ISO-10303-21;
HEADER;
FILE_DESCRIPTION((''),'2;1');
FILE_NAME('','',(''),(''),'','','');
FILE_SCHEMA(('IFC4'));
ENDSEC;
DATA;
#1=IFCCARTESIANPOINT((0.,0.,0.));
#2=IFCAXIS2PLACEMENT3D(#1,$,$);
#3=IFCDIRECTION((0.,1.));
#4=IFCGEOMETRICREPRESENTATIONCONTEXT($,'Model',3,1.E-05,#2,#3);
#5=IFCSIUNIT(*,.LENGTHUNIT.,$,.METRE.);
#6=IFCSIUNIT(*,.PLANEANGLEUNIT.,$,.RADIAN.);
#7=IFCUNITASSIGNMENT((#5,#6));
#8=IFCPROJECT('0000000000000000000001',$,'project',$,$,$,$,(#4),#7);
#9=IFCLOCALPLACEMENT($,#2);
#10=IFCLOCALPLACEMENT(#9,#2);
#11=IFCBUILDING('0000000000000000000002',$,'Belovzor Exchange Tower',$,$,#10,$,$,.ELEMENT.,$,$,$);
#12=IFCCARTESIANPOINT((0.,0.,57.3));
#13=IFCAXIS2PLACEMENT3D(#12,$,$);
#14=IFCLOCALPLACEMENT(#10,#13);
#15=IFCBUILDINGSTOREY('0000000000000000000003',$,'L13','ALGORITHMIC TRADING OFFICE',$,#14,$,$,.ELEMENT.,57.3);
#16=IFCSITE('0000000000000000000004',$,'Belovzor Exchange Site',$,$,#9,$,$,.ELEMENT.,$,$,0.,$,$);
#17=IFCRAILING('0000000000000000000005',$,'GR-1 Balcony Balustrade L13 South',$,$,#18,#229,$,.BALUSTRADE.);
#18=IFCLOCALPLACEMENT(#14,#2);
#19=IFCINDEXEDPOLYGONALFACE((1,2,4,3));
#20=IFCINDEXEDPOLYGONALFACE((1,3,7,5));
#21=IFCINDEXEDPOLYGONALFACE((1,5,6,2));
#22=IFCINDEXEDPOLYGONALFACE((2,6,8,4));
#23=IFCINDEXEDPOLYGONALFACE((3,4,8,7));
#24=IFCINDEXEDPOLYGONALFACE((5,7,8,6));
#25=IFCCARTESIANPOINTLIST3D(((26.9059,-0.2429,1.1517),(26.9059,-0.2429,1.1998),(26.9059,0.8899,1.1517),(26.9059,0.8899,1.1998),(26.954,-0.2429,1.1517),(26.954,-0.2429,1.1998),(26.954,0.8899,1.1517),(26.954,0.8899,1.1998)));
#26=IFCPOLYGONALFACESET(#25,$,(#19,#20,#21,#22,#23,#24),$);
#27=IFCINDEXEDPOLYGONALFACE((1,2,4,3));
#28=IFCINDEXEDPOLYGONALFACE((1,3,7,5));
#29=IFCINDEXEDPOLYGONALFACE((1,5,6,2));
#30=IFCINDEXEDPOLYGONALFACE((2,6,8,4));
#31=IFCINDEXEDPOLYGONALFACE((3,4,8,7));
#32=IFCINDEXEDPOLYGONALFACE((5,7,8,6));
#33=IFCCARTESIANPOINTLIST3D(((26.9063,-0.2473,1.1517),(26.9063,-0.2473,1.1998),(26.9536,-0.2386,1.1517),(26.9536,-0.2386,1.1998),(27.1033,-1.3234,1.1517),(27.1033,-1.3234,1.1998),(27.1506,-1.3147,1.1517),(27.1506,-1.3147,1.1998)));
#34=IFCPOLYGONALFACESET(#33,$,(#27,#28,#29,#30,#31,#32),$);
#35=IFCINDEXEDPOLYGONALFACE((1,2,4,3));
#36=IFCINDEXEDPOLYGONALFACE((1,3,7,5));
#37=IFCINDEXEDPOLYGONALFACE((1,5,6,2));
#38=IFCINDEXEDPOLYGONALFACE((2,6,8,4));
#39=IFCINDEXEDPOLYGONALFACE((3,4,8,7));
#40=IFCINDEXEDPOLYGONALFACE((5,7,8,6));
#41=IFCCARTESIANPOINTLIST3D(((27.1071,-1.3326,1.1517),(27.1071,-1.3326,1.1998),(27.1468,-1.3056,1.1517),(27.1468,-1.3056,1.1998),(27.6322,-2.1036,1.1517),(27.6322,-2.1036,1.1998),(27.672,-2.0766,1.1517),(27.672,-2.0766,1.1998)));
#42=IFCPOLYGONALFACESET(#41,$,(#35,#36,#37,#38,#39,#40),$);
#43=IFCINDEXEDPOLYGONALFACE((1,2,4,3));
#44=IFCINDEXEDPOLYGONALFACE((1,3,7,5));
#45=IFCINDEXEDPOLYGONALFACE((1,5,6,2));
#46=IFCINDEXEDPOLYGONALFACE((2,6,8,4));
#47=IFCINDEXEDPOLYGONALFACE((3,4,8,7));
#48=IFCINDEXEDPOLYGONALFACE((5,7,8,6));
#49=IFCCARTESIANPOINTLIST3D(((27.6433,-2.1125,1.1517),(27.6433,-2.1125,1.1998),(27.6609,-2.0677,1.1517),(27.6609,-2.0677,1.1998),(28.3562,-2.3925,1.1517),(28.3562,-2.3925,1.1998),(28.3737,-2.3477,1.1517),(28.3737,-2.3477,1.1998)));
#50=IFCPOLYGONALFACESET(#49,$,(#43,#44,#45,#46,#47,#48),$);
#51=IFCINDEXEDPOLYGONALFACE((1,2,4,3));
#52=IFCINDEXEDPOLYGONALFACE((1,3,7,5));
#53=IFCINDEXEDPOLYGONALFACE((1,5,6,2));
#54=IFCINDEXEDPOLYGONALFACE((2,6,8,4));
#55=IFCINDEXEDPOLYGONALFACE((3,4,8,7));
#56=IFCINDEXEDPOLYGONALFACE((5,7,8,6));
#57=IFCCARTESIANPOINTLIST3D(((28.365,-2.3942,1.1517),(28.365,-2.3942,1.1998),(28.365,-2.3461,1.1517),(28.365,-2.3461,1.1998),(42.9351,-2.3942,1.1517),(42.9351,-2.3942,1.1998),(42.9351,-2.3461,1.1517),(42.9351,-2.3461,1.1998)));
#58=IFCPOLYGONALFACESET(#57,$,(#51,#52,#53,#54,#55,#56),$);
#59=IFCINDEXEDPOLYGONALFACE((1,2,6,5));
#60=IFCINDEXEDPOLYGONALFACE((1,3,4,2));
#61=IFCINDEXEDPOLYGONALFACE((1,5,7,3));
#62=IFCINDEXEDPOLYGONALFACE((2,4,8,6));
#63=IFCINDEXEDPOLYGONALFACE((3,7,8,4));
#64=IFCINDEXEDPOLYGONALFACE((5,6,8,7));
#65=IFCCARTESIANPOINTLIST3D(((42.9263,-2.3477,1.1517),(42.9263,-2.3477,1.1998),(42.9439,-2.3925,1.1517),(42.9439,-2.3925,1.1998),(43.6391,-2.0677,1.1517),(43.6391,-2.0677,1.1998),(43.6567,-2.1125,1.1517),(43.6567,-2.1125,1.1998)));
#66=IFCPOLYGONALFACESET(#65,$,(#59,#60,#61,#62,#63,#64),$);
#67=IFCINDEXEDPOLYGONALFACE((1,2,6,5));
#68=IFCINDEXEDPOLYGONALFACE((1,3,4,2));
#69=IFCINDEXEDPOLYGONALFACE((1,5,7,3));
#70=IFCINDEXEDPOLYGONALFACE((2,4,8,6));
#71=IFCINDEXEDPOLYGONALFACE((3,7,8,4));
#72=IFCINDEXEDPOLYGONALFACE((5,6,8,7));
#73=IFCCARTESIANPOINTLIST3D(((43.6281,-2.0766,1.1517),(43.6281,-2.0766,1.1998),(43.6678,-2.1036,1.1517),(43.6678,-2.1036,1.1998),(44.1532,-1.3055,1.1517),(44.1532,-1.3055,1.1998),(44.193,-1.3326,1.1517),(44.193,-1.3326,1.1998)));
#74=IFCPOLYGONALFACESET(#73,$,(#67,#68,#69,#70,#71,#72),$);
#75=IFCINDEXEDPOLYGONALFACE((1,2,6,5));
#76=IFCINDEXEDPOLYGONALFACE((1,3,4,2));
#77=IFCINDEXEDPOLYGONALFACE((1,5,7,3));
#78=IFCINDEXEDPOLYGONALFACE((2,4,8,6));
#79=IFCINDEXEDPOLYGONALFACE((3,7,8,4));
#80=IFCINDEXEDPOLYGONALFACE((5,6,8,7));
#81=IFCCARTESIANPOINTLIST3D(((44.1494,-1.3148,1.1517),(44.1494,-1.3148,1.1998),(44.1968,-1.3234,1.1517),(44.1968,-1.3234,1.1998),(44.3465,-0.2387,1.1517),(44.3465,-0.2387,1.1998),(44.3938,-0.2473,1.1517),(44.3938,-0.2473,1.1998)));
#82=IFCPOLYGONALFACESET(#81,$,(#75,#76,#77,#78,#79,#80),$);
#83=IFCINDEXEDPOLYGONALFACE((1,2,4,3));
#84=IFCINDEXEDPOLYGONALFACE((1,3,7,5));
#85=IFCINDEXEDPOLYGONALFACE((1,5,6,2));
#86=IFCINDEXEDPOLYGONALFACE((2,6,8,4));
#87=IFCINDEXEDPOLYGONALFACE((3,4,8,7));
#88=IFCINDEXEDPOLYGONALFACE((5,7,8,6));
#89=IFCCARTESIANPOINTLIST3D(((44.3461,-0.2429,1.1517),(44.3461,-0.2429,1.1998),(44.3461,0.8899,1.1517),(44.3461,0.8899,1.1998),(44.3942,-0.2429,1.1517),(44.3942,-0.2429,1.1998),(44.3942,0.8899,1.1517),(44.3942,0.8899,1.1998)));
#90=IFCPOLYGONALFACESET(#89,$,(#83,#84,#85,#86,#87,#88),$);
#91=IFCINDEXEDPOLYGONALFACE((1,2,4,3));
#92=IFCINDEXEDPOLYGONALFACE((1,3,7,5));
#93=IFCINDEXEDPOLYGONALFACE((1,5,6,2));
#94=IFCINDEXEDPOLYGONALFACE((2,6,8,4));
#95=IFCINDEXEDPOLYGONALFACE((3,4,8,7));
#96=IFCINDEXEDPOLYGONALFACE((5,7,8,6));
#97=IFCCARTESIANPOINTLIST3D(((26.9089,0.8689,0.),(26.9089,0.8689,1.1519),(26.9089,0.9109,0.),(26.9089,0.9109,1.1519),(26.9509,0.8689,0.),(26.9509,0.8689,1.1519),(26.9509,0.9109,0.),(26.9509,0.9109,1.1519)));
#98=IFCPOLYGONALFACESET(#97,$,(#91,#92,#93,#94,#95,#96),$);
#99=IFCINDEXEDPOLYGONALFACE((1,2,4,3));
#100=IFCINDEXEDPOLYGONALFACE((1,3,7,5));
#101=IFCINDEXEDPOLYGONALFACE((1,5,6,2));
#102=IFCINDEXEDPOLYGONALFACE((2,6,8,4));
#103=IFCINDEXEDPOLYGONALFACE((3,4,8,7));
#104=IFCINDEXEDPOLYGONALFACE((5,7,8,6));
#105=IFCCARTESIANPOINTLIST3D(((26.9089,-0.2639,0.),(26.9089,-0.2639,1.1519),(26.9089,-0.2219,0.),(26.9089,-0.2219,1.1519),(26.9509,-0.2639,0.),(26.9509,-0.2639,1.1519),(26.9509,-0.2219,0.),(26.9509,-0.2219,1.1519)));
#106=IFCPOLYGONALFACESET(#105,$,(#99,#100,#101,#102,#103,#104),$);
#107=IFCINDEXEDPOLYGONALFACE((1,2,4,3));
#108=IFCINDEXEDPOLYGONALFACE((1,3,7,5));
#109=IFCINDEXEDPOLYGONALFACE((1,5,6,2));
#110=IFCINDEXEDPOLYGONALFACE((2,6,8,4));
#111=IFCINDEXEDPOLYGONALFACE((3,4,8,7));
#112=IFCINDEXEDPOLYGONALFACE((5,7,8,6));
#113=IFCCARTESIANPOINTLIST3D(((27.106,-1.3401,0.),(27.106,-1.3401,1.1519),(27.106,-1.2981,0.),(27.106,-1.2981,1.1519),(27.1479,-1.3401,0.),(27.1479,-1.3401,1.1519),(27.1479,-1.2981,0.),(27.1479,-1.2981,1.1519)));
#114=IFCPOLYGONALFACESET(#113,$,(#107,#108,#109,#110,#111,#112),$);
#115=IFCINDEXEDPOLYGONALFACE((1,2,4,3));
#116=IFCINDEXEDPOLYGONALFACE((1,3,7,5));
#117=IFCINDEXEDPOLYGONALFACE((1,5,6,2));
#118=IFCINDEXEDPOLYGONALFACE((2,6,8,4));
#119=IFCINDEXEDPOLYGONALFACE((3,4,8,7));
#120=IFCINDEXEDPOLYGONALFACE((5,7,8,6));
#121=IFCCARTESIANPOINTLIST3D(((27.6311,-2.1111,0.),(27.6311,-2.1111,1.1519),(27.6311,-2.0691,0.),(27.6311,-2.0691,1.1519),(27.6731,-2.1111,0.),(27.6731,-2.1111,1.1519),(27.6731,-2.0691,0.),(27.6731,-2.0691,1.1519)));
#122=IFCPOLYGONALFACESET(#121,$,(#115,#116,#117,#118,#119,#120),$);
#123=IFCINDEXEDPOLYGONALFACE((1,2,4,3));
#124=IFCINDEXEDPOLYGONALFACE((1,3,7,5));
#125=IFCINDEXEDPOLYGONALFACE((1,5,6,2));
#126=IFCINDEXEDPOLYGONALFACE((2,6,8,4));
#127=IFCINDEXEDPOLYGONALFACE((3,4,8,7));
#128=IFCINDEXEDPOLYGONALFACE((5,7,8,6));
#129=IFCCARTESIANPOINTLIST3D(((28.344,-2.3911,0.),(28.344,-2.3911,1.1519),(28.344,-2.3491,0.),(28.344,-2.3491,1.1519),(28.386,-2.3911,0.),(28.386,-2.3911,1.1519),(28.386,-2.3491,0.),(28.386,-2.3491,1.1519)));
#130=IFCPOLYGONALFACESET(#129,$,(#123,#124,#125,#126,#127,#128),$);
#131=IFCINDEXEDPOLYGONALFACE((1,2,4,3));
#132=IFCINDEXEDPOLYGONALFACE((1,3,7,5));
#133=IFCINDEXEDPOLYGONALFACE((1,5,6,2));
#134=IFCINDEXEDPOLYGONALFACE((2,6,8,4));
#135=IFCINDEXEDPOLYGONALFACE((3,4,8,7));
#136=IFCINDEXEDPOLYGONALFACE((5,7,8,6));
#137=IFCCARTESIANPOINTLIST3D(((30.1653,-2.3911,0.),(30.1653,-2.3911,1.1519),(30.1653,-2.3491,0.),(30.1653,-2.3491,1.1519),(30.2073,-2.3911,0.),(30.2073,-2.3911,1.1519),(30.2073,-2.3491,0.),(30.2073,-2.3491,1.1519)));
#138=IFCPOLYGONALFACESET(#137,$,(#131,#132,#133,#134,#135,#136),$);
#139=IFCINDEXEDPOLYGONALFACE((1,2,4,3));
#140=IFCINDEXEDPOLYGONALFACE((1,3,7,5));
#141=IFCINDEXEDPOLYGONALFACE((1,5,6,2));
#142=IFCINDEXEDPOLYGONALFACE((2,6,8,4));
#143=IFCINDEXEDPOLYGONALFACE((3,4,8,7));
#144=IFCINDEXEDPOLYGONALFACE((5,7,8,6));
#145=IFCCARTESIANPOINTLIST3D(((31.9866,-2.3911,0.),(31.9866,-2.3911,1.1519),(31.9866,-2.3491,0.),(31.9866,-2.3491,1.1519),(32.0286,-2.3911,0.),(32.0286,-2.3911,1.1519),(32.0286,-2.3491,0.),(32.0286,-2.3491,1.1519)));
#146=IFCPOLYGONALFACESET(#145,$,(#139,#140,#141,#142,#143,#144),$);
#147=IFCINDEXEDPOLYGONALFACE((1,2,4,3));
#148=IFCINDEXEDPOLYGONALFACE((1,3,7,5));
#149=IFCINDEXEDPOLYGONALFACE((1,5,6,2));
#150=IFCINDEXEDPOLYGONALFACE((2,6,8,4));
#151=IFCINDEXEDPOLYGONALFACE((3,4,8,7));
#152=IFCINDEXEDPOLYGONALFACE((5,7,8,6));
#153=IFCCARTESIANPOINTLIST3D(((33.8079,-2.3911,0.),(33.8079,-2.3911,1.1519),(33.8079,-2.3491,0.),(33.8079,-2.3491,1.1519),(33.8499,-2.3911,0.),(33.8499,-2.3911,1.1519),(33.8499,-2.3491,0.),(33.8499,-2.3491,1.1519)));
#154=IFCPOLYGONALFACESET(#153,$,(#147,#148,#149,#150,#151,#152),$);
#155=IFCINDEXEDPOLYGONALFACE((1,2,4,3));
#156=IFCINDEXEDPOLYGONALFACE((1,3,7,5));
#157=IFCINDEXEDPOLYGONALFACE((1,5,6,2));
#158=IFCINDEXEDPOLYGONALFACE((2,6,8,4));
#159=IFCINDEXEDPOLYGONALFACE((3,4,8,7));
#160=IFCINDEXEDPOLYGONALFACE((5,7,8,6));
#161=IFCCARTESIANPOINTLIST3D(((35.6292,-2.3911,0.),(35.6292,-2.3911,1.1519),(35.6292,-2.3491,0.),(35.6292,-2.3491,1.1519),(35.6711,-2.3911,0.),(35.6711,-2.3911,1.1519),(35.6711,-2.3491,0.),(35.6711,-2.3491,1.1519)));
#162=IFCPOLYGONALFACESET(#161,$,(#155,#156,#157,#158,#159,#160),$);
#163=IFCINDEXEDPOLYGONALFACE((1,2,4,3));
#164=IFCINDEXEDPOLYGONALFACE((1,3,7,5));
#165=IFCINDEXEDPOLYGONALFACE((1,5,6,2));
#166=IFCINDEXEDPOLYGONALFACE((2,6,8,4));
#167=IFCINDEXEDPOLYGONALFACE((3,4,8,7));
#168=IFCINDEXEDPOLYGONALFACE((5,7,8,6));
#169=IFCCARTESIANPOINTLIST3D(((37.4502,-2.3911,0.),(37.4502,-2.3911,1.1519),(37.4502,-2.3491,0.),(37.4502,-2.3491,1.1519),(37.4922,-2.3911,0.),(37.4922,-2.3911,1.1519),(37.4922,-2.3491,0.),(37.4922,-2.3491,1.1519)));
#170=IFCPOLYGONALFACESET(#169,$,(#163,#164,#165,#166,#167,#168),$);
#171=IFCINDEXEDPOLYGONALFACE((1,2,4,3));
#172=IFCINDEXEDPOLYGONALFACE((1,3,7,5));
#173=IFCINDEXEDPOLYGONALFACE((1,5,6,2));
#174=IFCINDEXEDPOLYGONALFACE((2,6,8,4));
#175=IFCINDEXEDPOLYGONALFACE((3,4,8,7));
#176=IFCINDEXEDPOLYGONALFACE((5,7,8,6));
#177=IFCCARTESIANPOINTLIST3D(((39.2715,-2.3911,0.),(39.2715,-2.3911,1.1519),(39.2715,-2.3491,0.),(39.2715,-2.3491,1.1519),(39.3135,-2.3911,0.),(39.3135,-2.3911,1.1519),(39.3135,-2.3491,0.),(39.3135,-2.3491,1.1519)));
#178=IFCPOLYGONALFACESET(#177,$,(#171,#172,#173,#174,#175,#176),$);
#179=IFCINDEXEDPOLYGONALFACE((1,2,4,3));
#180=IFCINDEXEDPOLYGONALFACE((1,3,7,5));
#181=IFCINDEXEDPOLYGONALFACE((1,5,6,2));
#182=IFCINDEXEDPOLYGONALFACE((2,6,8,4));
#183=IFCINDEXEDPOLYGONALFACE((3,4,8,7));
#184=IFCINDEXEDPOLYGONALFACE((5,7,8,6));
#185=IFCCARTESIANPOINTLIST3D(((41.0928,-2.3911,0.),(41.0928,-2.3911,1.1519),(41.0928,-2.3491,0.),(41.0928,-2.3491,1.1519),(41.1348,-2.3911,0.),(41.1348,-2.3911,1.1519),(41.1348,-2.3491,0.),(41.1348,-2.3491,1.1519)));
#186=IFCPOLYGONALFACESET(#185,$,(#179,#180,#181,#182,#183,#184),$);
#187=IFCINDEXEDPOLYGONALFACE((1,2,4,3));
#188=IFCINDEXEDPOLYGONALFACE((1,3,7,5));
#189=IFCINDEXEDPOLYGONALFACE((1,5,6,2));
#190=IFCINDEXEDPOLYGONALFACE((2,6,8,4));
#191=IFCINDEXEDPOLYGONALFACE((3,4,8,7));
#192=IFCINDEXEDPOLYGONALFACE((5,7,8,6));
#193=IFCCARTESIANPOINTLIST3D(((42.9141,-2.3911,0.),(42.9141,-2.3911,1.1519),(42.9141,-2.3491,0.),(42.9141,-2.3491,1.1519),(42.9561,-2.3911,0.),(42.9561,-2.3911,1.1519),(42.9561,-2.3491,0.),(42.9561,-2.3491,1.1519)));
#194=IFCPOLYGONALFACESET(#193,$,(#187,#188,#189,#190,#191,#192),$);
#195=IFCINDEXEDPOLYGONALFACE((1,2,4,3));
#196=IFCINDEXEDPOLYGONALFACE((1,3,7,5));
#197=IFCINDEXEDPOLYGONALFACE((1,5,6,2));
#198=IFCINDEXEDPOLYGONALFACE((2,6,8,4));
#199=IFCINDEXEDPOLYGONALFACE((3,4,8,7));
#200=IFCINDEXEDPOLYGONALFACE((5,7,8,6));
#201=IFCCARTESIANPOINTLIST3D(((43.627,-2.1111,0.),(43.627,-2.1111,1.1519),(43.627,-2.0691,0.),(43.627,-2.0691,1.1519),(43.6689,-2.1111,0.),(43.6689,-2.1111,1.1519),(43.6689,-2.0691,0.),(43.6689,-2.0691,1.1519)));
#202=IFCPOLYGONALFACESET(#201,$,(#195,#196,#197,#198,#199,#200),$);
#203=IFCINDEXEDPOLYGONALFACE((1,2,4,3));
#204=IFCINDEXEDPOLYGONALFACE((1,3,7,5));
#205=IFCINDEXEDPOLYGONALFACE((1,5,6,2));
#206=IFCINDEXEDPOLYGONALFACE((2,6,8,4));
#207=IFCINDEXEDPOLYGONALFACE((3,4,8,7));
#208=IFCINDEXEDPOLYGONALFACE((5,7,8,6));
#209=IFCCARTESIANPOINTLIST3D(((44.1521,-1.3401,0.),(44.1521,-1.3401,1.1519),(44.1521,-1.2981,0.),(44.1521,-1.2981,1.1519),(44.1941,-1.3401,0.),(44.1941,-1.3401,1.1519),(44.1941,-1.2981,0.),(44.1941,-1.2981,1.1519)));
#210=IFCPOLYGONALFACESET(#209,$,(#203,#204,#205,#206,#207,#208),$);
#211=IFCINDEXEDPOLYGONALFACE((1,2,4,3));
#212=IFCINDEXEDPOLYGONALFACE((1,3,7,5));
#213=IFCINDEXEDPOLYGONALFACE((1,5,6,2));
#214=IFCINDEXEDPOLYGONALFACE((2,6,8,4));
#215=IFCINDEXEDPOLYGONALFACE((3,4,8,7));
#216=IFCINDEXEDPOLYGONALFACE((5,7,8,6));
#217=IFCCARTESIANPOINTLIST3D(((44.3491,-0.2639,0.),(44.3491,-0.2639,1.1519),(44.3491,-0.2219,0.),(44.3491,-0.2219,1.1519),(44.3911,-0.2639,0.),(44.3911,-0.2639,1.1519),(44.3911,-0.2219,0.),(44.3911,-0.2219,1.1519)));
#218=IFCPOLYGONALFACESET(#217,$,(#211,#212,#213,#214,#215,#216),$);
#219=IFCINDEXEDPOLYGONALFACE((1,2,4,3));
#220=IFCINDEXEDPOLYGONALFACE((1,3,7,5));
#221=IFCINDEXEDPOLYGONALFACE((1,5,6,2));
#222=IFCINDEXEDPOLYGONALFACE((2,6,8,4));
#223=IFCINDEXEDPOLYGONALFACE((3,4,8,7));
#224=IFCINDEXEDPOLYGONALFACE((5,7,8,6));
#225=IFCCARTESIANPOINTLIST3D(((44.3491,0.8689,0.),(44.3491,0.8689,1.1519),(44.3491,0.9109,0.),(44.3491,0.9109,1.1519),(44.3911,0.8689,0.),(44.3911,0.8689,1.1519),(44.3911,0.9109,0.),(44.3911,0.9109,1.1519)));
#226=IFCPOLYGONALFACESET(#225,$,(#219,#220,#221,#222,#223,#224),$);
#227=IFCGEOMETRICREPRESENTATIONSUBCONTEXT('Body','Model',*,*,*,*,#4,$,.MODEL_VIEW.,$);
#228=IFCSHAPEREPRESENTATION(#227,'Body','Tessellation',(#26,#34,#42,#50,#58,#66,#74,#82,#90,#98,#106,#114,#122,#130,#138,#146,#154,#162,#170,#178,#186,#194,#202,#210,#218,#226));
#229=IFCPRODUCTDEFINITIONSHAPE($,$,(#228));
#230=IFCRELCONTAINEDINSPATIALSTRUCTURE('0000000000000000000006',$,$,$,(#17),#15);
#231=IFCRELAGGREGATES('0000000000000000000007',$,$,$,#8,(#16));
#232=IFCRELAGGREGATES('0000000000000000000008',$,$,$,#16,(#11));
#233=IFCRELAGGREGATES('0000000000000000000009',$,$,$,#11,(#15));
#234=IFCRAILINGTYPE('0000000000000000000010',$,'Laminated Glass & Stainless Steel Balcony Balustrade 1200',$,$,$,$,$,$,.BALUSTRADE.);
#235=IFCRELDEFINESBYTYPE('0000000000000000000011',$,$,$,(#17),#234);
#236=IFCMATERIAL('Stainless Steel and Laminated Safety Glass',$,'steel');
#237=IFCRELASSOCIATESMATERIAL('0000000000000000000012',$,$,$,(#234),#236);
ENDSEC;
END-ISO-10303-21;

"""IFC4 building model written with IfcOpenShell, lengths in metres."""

from ifc_helpers import new_model, si_unit, direction, frame, origin, origin_2d, place, context, subcontext, project, spatial, rectangle, extrude, material, type_object, element, save


model = new_model("IFC4")

# Units and contexts
model_context = context("Model", 3, precision=1e-05, world=origin(), true_north=direction((0.0, 1.0)))
body_context = subcontext(model_context, "Body", "Model", "MODEL_VIEW")
ifc_project = project(units=[si_unit("LENGTHUNIT", "METRE"), si_unit("PLANEANGLEUNIT", "RADIAN")], contexts=[model_context])

# Site, building, storey
site_placement = place(None, origin())
site = spatial("IfcSite", under=ifc_project, at=site_placement, Name="Belovzor Exchange Site", CompositionType="ELEMENT", RefElevation=0.0)
building_placement = place(site_placement, origin())
building = spatial("IfcBuilding", under=site, at=building_placement, Name="Belovzor Exchange Tower", CompositionType="ELEMENT")
storey_placement = place(building_placement, frame((0.0, 0.0, 57.3)))
storey = spatial("IfcBuildingStorey", under=building, at=storey_placement, Name="L13", Description="ALGORITHMIC TRADING OFFICE", CompositionType="ELEMENT", Elevation=57.3)

# Railing
ifc_material_1 = material(Name="Stainless Steel and Laminated Safety Glass", Category="steel")
railing_type = type_object("IfcRailingType", Name="Laminated Glass & Stainless Steel Balcony Balustrade 1200", PredefinedType="BALUSTRADE", material=ifc_material_1)
railing_placement = place(storey_placement, frame((26.9299, 0.8899, 0.0)))
element("IfcRailing", 1, at=railing_placement, inside=storey, type_object=railing_type, Name="GR-1 Balcony Balustrade L13 South", PredefinedType="BALUSTRADE", context=body_context, shape_type="SweptSolid", body=[
    extrude(rectangle(XDim=0.0481, YDim=0.0481, at=origin_2d()), frame((0.0, 0.0, 1.1758), z_axis=(0.0, -1.0, 0.0), x_axis=(1.0, 0.0, 0.0)), (0.0, 0.0, 1.0), 1.1328),
    extrude(rectangle(XDim=0.0481, YDim=0.0481, at=origin_2d()), frame((0.0, -1.1328, 1.1758), z_axis=(0.180083, -0.983651, 0.0), x_axis=(0.983651, 0.180083, 0.0)), (0.0, 0.0, 1.0), 1.094),
    extrude(rectangle(XDim=0.0481, YDim=0.0481, at=origin_2d()), frame((0.197, -2.209, 1.1758), z_axis=(0.562947, -0.826493, 0.0), x_axis=(0.826493, 0.562947, 0.0)), (0.0, 0.0, 1.0), 0.9329),
    extrude(rectangle(XDim=0.0481, YDim=0.0481, at=origin_2d()), frame((0.7222, -2.98, 1.1758), z_axis=(0.930767, -0.365613, 0.0), x_axis=(0.365613, 0.930767, 0.0)), (0.0, 0.0, 1.0), 0.7659),
    extrude(rectangle(XDim=0.0481, YDim=0.0481, at=origin_2d()), frame((1.4351, -3.26, 1.1758), z_axis=(1.0, 0.0, 0.0), x_axis=(0.0, 1.0, 0.0)), (0.0, 0.0, 1.0), 14.5701),
    extrude(rectangle(XDim=0.0481, YDim=0.0481, at=origin_2d()), frame((16.0051, -3.26, 1.1758), z_axis=(0.930767, 0.365613, 0.0), x_axis=(-0.365613, 0.930767, 0.0)), (0.0, 0.0, 1.0), 0.7659),
    extrude(rectangle(XDim=0.0481, YDim=0.0481, at=origin_2d()), frame((16.718, -2.98, 1.1758), z_axis=(0.562947, 0.826493, 0.0), x_axis=(-0.826493, 0.562947, 0.0)), (0.0, 0.0, 1.0), 0.9329),
    extrude(rectangle(XDim=0.0481, YDim=0.0481, at=origin_2d()), frame((17.2432, -2.209, 1.1758), z_axis=(0.180083, 0.983651, 0.0), x_axis=(-0.983651, 0.180083, 0.0)), (0.0, 0.0, 1.0), 1.094),
    extrude(rectangle(XDim=0.0481, YDim=0.0481, at=origin_2d()), frame((17.4402, -1.1328, 1.1758), z_axis=(0.0, 1.0, 0.0), x_axis=(-1.0, 0.0, 0.0)), (0.0, 0.0, 1.0), 1.1328),
    extrude(rectangle(XDim=0.042, YDim=0.042, at=origin_2d()), origin(), (0.0, 0.0, 1.0), 1.1519),
    extrude(rectangle(XDim=0.042, YDim=0.042, at=origin_2d()), frame((0.0, -1.1328, 0.0)), (0.0, 0.0, 1.0), 1.1519),
    extrude(rectangle(XDim=0.042, YDim=0.042, at=origin_2d()), frame((0.197, -2.209, 0.0)), (0.0, 0.0, 1.0), 1.1519),
    extrude(rectangle(XDim=0.042, YDim=0.042, at=origin_2d()), frame((0.7222, -2.98, 0.0)), (0.0, 0.0, 1.0), 1.1519),
    extrude(rectangle(XDim=0.042, YDim=0.042, at=origin_2d()), frame((1.4351, -3.26, 0.0)), (0.0, 0.0, 1.0), 1.1519),
    extrude(rectangle(XDim=0.042, YDim=0.042, at=origin_2d()), frame((3.2563, -3.26, 0.0)), (0.0, 0.0, 1.0), 1.1519),
    extrude(rectangle(XDim=0.042, YDim=0.042, at=origin_2d()), frame((5.0776, -3.26, 0.0)), (0.0, 0.0, 1.0), 1.1519),
    extrude(rectangle(XDim=0.042, YDim=0.042, at=origin_2d()), frame((6.8989, -3.26, 0.0)), (0.0, 0.0, 1.0), 1.1519),
    extrude(rectangle(XDim=0.042, YDim=0.042, at=origin_2d()), frame((8.7202, -3.26, 0.0)), (0.0, 0.0, 1.0), 1.1519),
    extrude(rectangle(XDim=0.042, YDim=0.042, at=origin_2d()), frame((10.5413, -3.26, 0.0)), (0.0, 0.0, 1.0), 1.1519),
    extrude(rectangle(XDim=0.042, YDim=0.042, at=origin_2d()), frame((12.3625, -3.26, 0.0)), (0.0, 0.0, 1.0), 1.1519),
    extrude(rectangle(XDim=0.042, YDim=0.042, at=origin_2d()), frame((14.1838, -3.26, 0.0)), (0.0, 0.0, 1.0), 1.1519),
    extrude(rectangle(XDim=0.042, YDim=0.042, at=origin_2d()), frame((16.0051, -3.26, 0.0)), (0.0, 0.0, 1.0), 1.1519),
    extrude(rectangle(XDim=0.042, YDim=0.042, at=origin_2d()), frame((16.718, -2.98, 0.0)), (0.0, 0.0, 1.0), 1.1519),
    extrude(rectangle(XDim=0.042, YDim=0.042, at=origin_2d()), frame((17.2432, -2.209, 0.0)), (0.0, 0.0, 1.0), 1.1519),
    extrude(rectangle(XDim=0.042, YDim=0.042, at=origin_2d()), frame((17.4402, -1.1328, 0.0)), (0.0, 0.0, 1.0), 1.1519),
    extrude(rectangle(XDim=0.042, YDim=0.042, at=origin_2d()), frame((17.4402, 0.0, 0.0)), (0.0, 0.0, 1.0), 1.1519),
])

save(model, "model.ifc")
